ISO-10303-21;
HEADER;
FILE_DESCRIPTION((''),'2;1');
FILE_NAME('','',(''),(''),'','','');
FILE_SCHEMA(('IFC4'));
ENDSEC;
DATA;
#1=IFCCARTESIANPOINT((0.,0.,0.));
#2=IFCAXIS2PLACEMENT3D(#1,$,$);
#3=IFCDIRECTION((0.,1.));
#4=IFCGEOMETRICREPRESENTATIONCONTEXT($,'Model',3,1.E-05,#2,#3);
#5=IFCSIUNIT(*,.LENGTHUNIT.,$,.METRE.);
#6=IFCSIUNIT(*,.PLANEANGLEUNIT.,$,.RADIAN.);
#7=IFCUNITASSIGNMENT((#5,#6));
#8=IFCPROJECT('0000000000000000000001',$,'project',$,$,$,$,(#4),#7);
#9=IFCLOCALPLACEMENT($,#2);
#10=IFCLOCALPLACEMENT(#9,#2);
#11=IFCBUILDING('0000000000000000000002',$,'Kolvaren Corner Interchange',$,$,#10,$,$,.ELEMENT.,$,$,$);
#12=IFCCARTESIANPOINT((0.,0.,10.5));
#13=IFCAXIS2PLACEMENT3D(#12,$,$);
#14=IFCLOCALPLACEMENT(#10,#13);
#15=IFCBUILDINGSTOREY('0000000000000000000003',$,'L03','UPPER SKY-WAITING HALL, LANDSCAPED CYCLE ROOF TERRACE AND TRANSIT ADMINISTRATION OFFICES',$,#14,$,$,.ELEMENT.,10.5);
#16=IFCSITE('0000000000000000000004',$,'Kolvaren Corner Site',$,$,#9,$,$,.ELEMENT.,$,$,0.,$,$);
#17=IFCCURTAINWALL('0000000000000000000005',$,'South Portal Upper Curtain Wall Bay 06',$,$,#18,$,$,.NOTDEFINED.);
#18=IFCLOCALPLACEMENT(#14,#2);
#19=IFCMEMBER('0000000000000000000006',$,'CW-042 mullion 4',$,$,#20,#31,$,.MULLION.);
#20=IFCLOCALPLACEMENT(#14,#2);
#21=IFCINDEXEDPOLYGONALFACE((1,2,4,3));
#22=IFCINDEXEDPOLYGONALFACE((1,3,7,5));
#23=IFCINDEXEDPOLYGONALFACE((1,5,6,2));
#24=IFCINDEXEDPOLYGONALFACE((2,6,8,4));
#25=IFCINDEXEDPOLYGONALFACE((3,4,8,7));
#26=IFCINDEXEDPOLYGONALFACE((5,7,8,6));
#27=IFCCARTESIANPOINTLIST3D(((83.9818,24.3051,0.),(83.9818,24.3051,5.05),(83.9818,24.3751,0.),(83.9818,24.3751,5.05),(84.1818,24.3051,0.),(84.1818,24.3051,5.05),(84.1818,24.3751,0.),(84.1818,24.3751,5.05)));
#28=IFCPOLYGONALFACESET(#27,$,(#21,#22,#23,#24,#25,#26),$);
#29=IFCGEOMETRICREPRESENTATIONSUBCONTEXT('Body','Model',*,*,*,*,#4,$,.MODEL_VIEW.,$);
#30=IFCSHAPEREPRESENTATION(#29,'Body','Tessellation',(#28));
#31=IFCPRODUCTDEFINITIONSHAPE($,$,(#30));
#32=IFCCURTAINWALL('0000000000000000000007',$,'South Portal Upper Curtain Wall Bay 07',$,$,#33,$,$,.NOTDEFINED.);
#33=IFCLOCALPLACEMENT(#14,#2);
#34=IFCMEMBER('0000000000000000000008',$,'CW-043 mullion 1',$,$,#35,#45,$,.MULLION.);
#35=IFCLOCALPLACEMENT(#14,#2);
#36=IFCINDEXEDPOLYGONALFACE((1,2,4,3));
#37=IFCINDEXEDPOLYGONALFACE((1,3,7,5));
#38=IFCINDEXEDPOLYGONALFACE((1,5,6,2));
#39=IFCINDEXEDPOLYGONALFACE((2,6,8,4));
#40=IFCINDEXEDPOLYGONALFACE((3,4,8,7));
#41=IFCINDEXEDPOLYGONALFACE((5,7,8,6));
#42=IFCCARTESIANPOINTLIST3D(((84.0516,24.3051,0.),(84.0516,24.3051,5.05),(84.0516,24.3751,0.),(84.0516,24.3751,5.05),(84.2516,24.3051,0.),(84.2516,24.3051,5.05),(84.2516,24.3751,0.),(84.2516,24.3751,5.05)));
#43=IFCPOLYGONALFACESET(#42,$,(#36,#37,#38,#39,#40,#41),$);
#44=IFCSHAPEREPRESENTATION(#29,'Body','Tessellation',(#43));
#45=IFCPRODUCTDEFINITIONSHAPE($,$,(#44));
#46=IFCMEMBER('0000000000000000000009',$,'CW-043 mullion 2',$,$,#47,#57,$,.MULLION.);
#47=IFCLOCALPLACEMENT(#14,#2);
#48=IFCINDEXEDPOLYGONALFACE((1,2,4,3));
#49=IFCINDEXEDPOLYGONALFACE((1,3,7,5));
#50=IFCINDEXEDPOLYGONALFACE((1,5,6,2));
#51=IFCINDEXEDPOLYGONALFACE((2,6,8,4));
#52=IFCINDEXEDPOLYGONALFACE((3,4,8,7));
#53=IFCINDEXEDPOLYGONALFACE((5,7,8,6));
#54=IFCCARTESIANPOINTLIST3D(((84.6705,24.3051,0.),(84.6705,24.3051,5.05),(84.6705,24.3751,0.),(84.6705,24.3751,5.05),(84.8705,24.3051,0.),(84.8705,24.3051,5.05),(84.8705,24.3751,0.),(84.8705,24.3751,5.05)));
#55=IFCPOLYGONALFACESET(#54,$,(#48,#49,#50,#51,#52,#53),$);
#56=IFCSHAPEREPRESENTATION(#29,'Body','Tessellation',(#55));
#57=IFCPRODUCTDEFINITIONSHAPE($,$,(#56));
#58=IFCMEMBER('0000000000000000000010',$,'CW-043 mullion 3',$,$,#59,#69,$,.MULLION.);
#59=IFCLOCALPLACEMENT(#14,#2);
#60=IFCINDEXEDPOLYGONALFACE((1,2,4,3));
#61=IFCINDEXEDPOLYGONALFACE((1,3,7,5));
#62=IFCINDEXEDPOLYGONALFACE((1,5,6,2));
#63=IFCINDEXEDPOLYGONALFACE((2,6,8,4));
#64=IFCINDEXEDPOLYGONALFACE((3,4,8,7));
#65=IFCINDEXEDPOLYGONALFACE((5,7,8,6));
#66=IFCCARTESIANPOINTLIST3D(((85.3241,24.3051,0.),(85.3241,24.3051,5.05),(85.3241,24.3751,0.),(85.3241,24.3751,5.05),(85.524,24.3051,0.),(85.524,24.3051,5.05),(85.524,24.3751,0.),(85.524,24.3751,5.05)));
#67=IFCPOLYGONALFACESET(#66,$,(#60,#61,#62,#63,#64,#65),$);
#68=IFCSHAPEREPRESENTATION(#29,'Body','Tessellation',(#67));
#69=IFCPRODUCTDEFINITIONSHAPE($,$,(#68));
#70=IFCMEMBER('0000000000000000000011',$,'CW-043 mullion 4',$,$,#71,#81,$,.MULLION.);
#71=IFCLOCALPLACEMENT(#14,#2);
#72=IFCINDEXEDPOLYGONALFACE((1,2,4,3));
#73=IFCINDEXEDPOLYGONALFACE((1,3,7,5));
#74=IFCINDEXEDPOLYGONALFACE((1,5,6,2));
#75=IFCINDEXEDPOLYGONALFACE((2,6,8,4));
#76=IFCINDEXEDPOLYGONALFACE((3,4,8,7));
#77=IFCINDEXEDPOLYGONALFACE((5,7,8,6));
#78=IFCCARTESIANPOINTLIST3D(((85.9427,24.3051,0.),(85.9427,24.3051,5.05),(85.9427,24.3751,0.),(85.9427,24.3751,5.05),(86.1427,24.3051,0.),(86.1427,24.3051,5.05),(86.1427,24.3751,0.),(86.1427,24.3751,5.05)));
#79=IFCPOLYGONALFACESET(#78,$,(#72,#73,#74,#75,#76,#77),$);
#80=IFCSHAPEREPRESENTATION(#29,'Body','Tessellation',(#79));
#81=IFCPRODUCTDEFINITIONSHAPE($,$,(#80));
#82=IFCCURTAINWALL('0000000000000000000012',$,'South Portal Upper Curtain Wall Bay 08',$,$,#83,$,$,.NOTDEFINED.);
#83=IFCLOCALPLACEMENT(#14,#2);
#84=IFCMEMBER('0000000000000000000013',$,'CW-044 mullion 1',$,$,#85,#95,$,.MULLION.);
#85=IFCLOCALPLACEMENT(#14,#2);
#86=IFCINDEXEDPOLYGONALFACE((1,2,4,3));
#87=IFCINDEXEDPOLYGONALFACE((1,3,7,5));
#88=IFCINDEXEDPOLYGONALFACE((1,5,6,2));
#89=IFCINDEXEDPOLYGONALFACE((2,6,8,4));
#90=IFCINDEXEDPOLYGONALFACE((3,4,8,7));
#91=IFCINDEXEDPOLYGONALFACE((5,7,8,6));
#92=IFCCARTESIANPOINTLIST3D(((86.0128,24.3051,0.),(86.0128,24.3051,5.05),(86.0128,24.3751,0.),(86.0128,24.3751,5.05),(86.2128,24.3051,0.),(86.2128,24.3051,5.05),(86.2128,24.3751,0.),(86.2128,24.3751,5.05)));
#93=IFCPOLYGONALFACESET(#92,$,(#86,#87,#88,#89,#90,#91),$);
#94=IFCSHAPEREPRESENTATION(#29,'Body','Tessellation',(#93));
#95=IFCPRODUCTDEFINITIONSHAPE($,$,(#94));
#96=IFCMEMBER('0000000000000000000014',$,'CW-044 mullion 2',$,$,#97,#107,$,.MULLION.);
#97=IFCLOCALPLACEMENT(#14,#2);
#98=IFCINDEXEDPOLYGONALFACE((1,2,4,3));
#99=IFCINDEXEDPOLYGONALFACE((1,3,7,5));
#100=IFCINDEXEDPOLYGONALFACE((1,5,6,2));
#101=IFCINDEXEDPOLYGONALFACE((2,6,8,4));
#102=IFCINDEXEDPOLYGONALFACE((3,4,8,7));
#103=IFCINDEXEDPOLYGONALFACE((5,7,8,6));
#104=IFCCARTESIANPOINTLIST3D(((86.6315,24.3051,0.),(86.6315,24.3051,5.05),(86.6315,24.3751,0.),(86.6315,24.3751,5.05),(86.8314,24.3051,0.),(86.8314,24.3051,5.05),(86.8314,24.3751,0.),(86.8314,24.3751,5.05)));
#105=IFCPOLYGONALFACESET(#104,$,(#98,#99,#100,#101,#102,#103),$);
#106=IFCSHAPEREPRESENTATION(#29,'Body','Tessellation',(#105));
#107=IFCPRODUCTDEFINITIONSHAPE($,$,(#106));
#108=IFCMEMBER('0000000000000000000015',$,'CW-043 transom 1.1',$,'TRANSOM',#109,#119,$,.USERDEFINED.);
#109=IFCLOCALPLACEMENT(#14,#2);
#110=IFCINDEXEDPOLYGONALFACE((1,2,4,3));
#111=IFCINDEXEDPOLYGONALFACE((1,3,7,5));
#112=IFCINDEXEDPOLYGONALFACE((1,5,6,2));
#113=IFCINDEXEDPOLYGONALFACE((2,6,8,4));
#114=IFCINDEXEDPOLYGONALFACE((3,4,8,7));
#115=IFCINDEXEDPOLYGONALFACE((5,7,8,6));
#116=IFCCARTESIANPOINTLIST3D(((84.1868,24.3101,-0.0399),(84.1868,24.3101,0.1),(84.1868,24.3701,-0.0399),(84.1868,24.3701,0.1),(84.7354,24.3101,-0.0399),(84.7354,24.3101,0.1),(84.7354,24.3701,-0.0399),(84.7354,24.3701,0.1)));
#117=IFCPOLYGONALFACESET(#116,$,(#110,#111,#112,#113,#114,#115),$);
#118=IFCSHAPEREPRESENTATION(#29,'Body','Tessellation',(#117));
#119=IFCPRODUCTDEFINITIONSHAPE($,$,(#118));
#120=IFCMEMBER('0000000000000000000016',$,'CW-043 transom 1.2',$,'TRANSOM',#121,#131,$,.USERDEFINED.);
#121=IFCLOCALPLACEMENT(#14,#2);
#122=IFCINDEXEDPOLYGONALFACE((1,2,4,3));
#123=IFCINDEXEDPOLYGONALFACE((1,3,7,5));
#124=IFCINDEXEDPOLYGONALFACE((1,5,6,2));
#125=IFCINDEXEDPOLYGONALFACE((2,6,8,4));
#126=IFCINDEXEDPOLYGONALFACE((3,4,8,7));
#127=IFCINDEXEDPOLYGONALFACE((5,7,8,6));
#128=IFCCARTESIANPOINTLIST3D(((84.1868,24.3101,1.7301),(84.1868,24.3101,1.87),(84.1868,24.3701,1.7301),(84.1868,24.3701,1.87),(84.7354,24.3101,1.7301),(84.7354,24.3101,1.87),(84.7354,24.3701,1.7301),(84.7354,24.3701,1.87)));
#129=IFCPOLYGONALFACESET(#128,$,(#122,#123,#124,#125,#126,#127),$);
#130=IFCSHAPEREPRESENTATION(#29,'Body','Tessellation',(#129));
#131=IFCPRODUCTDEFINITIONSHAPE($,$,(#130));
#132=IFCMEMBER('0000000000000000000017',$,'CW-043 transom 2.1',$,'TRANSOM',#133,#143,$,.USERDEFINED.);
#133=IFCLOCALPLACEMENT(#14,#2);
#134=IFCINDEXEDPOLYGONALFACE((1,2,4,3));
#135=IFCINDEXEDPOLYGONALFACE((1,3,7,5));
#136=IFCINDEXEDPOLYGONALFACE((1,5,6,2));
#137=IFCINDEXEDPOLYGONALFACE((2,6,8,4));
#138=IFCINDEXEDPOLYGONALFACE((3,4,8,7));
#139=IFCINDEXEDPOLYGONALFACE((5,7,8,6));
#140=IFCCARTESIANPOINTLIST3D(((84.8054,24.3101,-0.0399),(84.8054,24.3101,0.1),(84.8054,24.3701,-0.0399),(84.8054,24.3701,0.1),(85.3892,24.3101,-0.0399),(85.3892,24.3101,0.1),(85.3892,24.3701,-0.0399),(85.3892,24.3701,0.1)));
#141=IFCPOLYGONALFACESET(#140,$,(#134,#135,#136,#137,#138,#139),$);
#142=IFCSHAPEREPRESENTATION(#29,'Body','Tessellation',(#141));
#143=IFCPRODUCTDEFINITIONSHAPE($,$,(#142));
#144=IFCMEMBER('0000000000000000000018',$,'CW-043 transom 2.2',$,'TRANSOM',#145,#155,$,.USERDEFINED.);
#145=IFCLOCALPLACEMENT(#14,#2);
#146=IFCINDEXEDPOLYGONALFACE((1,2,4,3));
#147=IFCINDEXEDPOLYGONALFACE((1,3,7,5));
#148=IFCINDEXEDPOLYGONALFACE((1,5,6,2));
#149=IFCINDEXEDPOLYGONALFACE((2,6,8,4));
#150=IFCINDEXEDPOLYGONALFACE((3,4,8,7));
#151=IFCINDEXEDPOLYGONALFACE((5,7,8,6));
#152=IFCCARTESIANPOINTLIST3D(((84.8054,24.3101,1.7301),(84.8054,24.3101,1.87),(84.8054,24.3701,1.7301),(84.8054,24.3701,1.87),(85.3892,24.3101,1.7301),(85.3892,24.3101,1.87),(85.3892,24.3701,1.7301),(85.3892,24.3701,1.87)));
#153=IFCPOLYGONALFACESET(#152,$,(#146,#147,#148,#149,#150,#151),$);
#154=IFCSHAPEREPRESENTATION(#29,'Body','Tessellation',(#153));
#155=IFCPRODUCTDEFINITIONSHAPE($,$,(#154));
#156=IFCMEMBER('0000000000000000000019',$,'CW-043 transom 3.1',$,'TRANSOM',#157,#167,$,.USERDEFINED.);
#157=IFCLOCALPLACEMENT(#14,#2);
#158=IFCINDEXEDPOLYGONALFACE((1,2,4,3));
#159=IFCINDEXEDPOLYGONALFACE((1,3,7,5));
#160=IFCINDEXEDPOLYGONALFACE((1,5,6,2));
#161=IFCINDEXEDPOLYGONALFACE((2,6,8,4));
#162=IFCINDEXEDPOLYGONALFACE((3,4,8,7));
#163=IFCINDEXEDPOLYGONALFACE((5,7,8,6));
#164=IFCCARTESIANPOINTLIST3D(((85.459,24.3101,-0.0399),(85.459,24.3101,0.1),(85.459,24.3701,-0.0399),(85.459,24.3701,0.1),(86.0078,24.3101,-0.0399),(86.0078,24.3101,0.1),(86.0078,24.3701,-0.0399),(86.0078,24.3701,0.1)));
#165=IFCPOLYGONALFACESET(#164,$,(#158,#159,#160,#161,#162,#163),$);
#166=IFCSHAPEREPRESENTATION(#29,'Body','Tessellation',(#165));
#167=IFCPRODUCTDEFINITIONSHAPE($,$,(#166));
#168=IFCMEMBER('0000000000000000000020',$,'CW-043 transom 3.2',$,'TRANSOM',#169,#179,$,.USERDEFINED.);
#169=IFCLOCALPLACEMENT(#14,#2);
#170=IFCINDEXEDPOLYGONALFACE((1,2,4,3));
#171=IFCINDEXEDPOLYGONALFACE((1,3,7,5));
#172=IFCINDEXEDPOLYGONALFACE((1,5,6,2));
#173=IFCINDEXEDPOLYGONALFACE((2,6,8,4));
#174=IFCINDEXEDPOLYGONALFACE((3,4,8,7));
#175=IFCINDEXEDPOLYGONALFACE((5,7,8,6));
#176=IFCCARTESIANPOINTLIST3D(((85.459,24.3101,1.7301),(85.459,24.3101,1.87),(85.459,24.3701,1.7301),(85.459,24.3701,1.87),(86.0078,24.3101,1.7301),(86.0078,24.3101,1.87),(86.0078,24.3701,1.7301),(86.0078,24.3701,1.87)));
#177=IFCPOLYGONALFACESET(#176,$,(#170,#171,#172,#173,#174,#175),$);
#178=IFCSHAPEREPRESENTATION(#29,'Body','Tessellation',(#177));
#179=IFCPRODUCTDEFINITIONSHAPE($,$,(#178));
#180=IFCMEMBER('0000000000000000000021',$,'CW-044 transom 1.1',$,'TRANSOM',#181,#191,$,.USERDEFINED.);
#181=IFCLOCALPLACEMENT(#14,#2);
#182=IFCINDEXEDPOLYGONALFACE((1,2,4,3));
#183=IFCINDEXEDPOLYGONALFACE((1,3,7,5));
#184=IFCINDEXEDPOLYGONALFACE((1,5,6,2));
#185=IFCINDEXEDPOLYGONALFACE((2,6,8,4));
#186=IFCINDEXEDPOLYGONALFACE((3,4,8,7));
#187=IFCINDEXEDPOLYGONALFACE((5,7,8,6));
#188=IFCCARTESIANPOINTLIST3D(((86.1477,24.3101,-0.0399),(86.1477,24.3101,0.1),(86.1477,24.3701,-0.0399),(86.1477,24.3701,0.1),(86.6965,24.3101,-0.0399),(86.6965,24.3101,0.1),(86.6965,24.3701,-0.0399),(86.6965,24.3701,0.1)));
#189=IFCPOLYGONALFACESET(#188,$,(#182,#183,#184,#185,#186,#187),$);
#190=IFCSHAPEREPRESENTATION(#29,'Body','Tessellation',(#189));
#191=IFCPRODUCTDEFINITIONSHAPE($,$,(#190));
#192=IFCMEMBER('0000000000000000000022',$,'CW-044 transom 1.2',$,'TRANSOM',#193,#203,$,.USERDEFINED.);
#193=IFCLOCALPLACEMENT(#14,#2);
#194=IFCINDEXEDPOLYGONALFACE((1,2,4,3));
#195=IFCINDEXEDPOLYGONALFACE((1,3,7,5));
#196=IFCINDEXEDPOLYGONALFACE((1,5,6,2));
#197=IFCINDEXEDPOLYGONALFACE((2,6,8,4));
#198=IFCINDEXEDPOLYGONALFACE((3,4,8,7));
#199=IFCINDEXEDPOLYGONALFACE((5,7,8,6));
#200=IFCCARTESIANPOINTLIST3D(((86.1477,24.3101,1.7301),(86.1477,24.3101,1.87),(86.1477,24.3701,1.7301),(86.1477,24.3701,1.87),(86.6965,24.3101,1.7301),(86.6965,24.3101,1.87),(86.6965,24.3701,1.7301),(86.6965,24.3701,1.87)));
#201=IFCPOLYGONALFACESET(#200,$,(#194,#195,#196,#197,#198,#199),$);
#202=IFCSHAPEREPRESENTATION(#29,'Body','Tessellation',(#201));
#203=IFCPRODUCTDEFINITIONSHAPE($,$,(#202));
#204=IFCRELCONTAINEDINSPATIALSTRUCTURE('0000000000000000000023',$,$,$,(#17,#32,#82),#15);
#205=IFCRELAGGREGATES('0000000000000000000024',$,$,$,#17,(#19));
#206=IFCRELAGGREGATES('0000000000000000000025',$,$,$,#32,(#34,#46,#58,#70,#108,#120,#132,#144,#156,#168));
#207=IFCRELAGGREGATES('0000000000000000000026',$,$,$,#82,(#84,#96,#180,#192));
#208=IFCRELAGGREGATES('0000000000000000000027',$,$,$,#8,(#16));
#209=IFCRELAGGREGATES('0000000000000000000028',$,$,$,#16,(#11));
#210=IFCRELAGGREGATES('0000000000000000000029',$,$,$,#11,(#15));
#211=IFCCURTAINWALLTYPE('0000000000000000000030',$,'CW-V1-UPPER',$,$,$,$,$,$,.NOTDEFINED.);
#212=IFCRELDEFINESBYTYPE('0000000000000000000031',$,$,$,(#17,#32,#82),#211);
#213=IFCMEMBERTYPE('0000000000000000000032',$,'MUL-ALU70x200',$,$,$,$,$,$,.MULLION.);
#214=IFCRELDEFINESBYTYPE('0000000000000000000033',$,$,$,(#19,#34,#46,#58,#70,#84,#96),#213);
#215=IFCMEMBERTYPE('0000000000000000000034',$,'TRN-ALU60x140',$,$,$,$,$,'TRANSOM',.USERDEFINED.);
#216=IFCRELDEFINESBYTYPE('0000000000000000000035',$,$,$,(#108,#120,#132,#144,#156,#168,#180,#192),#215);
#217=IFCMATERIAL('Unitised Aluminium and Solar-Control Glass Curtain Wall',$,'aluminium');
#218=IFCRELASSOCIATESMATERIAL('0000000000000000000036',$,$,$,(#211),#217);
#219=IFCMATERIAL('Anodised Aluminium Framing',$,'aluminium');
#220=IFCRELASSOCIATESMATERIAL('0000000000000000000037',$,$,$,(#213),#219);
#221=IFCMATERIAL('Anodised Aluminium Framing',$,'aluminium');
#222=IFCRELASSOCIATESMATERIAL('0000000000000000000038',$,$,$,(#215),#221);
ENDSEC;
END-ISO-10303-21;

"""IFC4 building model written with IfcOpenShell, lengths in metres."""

from ifc_helpers import new_model, si_unit, direction, frame, origin, origin_2d, place, context, subcontext, project, spatial, rectangle, extrude, material, material_profile, profile_set, type_object, element, aggregate, save


model = new_model("IFC4")

# Units and contexts
model_context = context("Model", 3, precision=1e-05, world=origin(), true_north=direction((0.0, 1.0)))
body_context = subcontext(model_context, "Body", "Model", "MODEL_VIEW")
ifc_project = project(units=[si_unit("LENGTHUNIT", "METRE"), si_unit("PLANEANGLEUNIT", "RADIAN")], contexts=[model_context])

# Site, building, storey
site_placement = place(None, origin())
site = spatial("IfcSite", under=ifc_project, at=site_placement, Name="Kolvaren Corner Site", CompositionType="ELEMENT", RefElevation=0.0)
building_placement = place(site_placement, origin())
building = spatial("IfcBuilding", under=site, at=building_placement, Name="Kolvaren Corner Interchange", CompositionType="ELEMENT")
storey_placement = place(building_placement, frame((0.0, 0.0, 10.5)))
storey = spatial("IfcBuildingStorey", under=building, at=storey_placement, Name="L03", Description="UPPER SKY-WAITING HALL, LANDSCAPED CYCLE ROOF TERRACE AND TRANSIT ADMINISTRATION OFFICES", CompositionType="ELEMENT", Elevation=10.5)

# Curtain wall, member
ifc_material_1 = material(Name="Unitised Aluminium and Solar-Control Glass Curtain Wall", Category="aluminium")
curtain_wall_type = type_object("IfcCurtainWallType", Name="CW-V1-UPPER", PredefinedType="NOTDEFINED", material=ifc_material_1)
curtain_wall_1_placement = place(storey_placement, origin())
curtain_wall_1 = element("IfcCurtainWall", 1, at=curtain_wall_1_placement, inside=storey, type_object=curtain_wall_type, Name="South Portal Upper Curtain Wall Bay 06", PredefinedType="NOTDEFINED")
ifc_material_2 = material(Name="Anodised Aluminium Framing", Category="aluminium")
ifc_material_profile_1 = material_profile(ifc_material_2, rectangle(XDim=0.0701, YDim=0.2, at=origin_2d()), Name="ALU 70x200")
ifc_profile_set_1 = profile_set([ifc_material_profile_1], Name="Anodised Aluminium Framing")
member_type_1 = type_object("IfcMemberType", Name="MUL-ALU70x200", PredefinedType="MULLION", material=ifc_profile_set_1)
member_1_placement = place(storey_placement, frame((84.0818, 24.3401, 0.0), z_axis=(0.0, 0.0, 1.0), x_axis=(0.0, 1.0, 0.0)))
member_1 = element("IfcMember", 2, at=member_1_placement, type_object=member_type_1, Name="CW-042 mullion 4", PredefinedType="MULLION", context=body_context, shape_type="SweptSolid", body=[
    extrude(rectangle(XDim=0.0701, YDim=0.2, at=origin_2d()), origin(), (0.0, 0.0, 1.0), 5.05),
])
aggregate(curtain_wall_1, [member_1])

# Curtain walls, members
curtain_wall_2_placement = place(storey_placement, origin())
curtain_wall_2 = element("IfcCurtainWall", 3, at=curtain_wall_2_placement, inside=storey, type_object=curtain_wall_type, Name="South Portal Upper Curtain Wall Bay 07", PredefinedType="NOTDEFINED")
member_2_placement = place(storey_placement, frame((84.1516, 24.3401, 0.0), z_axis=(0.0, 0.0, 1.0), x_axis=(0.0, 1.0, 0.0)))
member_2 = element("IfcMember", 4, at=member_2_placement, type_object=member_type_1, Name="CW-043 mullion 1", PredefinedType="MULLION", context=body_context, shape_type="SweptSolid", body=[
    extrude(rectangle(XDim=0.0701, YDim=0.2, at=origin_2d()), origin(), (0.0, 0.0, 1.0), 5.05),
])
member_3_placement = place(storey_placement, frame((84.7705, 24.3401, 0.0), z_axis=(0.0, 0.0, 1.0), x_axis=(0.0, 1.0, 0.0)))
member_3 = element("IfcMember", 5, at=member_3_placement, type_object=member_type_1, Name="CW-043 mullion 2", PredefinedType="MULLION", context=body_context, shape_type="SweptSolid", body=[
    extrude(rectangle(XDim=0.0701, YDim=0.2, at=origin_2d()), origin(), (0.0, 0.0, 1.0), 5.05),
])
member_4_placement = place(storey_placement, frame((85.4241, 24.3401, 0.0), z_axis=(0.0, 0.0, 1.0), x_axis=(0.0, 1.0, 0.0)))
member_4 = element("IfcMember", 6, at=member_4_placement, type_object=member_type_1, Name="CW-043 mullion 3", PredefinedType="MULLION", context=body_context, shape_type="SweptSolid", body=[
    extrude(rectangle(XDim=0.0701, YDim=0.2, at=origin_2d()), origin(), (0.0, 0.0, 1.0), 5.05),
])
member_5_placement = place(storey_placement, frame((86.0427, 24.3401, 0.0), z_axis=(0.0, 0.0, 1.0), x_axis=(0.0, 1.0, 0.0)))
member_5 = element("IfcMember", 7, at=member_5_placement, type_object=member_type_1, Name="CW-043 mullion 4", PredefinedType="MULLION", context=body_context, shape_type="SweptSolid", body=[
    extrude(rectangle(XDim=0.0701, YDim=0.2, at=origin_2d()), origin(), (0.0, 0.0, 1.0), 5.05),
])
curtain_wall_3_placement = place(storey_placement, origin())
curtain_wall_3 = element("IfcCurtainWall", 8, at=curtain_wall_3_placement, inside=storey, type_object=curtain_wall_type, Name="South Portal Upper Curtain Wall Bay 08", PredefinedType="NOTDEFINED")
member_6_placement = place(storey_placement, frame((86.1128, 24.3401, 0.0), z_axis=(0.0, 0.0, 1.0), x_axis=(0.0, 1.0, 0.0)))
member_6 = element("IfcMember", 9, at=member_6_placement, type_object=member_type_1, Name="CW-044 mullion 1", PredefinedType="MULLION", context=body_context, shape_type="SweptSolid", body=[
    extrude(rectangle(XDim=0.0701, YDim=0.2, at=origin_2d()), origin(), (0.0, 0.0, 1.0), 5.05),
])
member_7_placement = place(storey_placement, frame((86.7314, 24.3401, 0.0), z_axis=(0.0, 0.0, 1.0), x_axis=(0.0, 1.0, 0.0)))
member_7 = element("IfcMember", 10, at=member_7_placement, type_object=member_type_1, Name="CW-044 mullion 2", PredefinedType="MULLION", context=body_context, shape_type="SweptSolid", body=[
    extrude(rectangle(XDim=0.0701, YDim=0.2, at=origin_2d()), origin(), (0.0, 0.0, 1.0), 5.05),
])

# Members
ifc_material_3 = material(Name="Anodised Aluminium Framing", Category="aluminium")
ifc_material_profile_2 = material_profile(ifc_material_3, rectangle(XDim=0.0601, YDim=0.1399, at=origin_2d()), Name="ALU 60x140")
ifc_profile_set_2 = profile_set([ifc_material_profile_2], Name="Anodised Aluminium Framing")
member_type_2 = type_object("IfcMemberType", Name="TRN-ALU60x140", ElementType="TRANSOM", PredefinedType="USERDEFINED", material=ifc_profile_set_2)
member_8_placement = place(storey_placement, frame((84.1868, 24.3401, 0.03), z_axis=(1.0, 0.0, 0.0), x_axis=(0.0, 1.0, 0.0)))
member_8 = element("IfcMember", 11, at=member_8_placement, type_object=member_type_2, Name="CW-043 transom 1.1", ObjectType="TRANSOM", PredefinedType="USERDEFINED", context=body_context, shape_type="SweptSolid", body=[
    extrude(rectangle(XDim=0.0601, YDim=0.1399, at=origin_2d()), origin(), (0.0, 0.0, 1.0), 0.5486),
])
member_9_placement = place(storey_placement, frame((84.1868, 24.3401, 1.8), z_axis=(1.0, 0.0, 0.0), x_axis=(0.0, 1.0, 0.0)))
member_9 = element("IfcMember", 12, at=member_9_placement, type_object=member_type_2, Name="CW-043 transom 1.2", ObjectType="TRANSOM", PredefinedType="USERDEFINED", context=body_context, shape_type="SweptSolid", body=[
    extrude(rectangle(XDim=0.0601, YDim=0.1399, at=origin_2d()), origin(), (0.0, 0.0, 1.0), 0.5486),
])
member_10_placement = place(storey_placement, frame((84.8054, 24.3401, 0.03), z_axis=(1.0, 0.0, 0.0), x_axis=(0.0, 1.0, 0.0)))
member_10 = element("IfcMember", 13, at=member_10_placement, type_object=member_type_2, Name="CW-043 transom 2.1", ObjectType="TRANSOM", PredefinedType="USERDEFINED", context=body_context, shape_type="SweptSolid", body=[
    extrude(rectangle(XDim=0.0601, YDim=0.1399, at=origin_2d()), origin(), (0.0, 0.0, 1.0), 0.5837),
])
member_11_placement = place(storey_placement, frame((84.8054, 24.3401, 1.8), z_axis=(1.0, 0.0, 0.0), x_axis=(0.0, 1.0, 0.0)))
member_11 = element("IfcMember", 14, at=member_11_placement, type_object=member_type_2, Name="CW-043 transom 2.2", ObjectType="TRANSOM", PredefinedType="USERDEFINED", context=body_context, shape_type="SweptSolid", body=[
    extrude(rectangle(XDim=0.0601, YDim=0.1399, at=origin_2d()), origin(), (0.0, 0.0, 1.0), 0.5837),
])
member_12_placement = place(storey_placement, frame((85.459, 24.3401, 0.03), z_axis=(1.0, 0.0, 0.0), x_axis=(0.0, 1.0, 0.0)))
member_12 = element("IfcMember", 15, at=member_12_placement, type_object=member_type_2, Name="CW-043 transom 3.1", ObjectType="TRANSOM", PredefinedType="USERDEFINED", context=body_context, shape_type="SweptSolid", body=[
    extrude(rectangle(XDim=0.0601, YDim=0.1399, at=origin_2d()), origin(), (0.0, 0.0, 1.0), 0.5488),
])
member_13_placement = place(storey_placement, frame((85.459, 24.3401, 1.8), z_axis=(1.0, 0.0, 0.0), x_axis=(0.0, 1.0, 0.0)))
member_13 = element("IfcMember", 16, at=member_13_placement, type_object=member_type_2, Name="CW-043 transom 3.2", ObjectType="TRANSOM", PredefinedType="USERDEFINED", context=body_context, shape_type="SweptSolid", body=[
    extrude(rectangle(XDim=0.0601, YDim=0.1399, at=origin_2d()), origin(), (0.0, 0.0, 1.0), 0.5488),
])
member_14_placement = place(storey_placement, frame((86.1477, 24.3401, 0.03), z_axis=(1.0, 0.0, 0.0), x_axis=(0.0, 1.0, 0.0)))
member_14 = element("IfcMember", 17, at=member_14_placement, type_object=member_type_2, Name="CW-044 transom 1.1", ObjectType="TRANSOM", PredefinedType="USERDEFINED", context=body_context, shape_type="SweptSolid", body=[
    extrude(rectangle(XDim=0.0601, YDim=0.1399, at=origin_2d()), origin(), (0.0, 0.0, 1.0), 0.5488),
])
member_15_placement = place(storey_placement, frame((86.1477, 24.3401, 1.8), z_axis=(1.0, 0.0, 0.0), x_axis=(0.0, 1.0, 0.0)))
member_15 = element("IfcMember", 18, at=member_15_placement, type_object=member_type_2, Name="CW-044 transom 1.2", ObjectType="TRANSOM", PredefinedType="USERDEFINED", context=body_context, shape_type="SweptSolid", body=[
    extrude(rectangle(XDim=0.0601, YDim=0.1399, at=origin_2d()), origin(), (0.0, 0.0, 1.0), 0.5488),
])

aggregate(curtain_wall_2, [member_2, member_3, member_4, member_5, member_8, member_9, member_10, member_11, member_12, member_13])
aggregate(curtain_wall_3, [member_6, member_7, member_14, member_15])

save(model, "model.ifc")
